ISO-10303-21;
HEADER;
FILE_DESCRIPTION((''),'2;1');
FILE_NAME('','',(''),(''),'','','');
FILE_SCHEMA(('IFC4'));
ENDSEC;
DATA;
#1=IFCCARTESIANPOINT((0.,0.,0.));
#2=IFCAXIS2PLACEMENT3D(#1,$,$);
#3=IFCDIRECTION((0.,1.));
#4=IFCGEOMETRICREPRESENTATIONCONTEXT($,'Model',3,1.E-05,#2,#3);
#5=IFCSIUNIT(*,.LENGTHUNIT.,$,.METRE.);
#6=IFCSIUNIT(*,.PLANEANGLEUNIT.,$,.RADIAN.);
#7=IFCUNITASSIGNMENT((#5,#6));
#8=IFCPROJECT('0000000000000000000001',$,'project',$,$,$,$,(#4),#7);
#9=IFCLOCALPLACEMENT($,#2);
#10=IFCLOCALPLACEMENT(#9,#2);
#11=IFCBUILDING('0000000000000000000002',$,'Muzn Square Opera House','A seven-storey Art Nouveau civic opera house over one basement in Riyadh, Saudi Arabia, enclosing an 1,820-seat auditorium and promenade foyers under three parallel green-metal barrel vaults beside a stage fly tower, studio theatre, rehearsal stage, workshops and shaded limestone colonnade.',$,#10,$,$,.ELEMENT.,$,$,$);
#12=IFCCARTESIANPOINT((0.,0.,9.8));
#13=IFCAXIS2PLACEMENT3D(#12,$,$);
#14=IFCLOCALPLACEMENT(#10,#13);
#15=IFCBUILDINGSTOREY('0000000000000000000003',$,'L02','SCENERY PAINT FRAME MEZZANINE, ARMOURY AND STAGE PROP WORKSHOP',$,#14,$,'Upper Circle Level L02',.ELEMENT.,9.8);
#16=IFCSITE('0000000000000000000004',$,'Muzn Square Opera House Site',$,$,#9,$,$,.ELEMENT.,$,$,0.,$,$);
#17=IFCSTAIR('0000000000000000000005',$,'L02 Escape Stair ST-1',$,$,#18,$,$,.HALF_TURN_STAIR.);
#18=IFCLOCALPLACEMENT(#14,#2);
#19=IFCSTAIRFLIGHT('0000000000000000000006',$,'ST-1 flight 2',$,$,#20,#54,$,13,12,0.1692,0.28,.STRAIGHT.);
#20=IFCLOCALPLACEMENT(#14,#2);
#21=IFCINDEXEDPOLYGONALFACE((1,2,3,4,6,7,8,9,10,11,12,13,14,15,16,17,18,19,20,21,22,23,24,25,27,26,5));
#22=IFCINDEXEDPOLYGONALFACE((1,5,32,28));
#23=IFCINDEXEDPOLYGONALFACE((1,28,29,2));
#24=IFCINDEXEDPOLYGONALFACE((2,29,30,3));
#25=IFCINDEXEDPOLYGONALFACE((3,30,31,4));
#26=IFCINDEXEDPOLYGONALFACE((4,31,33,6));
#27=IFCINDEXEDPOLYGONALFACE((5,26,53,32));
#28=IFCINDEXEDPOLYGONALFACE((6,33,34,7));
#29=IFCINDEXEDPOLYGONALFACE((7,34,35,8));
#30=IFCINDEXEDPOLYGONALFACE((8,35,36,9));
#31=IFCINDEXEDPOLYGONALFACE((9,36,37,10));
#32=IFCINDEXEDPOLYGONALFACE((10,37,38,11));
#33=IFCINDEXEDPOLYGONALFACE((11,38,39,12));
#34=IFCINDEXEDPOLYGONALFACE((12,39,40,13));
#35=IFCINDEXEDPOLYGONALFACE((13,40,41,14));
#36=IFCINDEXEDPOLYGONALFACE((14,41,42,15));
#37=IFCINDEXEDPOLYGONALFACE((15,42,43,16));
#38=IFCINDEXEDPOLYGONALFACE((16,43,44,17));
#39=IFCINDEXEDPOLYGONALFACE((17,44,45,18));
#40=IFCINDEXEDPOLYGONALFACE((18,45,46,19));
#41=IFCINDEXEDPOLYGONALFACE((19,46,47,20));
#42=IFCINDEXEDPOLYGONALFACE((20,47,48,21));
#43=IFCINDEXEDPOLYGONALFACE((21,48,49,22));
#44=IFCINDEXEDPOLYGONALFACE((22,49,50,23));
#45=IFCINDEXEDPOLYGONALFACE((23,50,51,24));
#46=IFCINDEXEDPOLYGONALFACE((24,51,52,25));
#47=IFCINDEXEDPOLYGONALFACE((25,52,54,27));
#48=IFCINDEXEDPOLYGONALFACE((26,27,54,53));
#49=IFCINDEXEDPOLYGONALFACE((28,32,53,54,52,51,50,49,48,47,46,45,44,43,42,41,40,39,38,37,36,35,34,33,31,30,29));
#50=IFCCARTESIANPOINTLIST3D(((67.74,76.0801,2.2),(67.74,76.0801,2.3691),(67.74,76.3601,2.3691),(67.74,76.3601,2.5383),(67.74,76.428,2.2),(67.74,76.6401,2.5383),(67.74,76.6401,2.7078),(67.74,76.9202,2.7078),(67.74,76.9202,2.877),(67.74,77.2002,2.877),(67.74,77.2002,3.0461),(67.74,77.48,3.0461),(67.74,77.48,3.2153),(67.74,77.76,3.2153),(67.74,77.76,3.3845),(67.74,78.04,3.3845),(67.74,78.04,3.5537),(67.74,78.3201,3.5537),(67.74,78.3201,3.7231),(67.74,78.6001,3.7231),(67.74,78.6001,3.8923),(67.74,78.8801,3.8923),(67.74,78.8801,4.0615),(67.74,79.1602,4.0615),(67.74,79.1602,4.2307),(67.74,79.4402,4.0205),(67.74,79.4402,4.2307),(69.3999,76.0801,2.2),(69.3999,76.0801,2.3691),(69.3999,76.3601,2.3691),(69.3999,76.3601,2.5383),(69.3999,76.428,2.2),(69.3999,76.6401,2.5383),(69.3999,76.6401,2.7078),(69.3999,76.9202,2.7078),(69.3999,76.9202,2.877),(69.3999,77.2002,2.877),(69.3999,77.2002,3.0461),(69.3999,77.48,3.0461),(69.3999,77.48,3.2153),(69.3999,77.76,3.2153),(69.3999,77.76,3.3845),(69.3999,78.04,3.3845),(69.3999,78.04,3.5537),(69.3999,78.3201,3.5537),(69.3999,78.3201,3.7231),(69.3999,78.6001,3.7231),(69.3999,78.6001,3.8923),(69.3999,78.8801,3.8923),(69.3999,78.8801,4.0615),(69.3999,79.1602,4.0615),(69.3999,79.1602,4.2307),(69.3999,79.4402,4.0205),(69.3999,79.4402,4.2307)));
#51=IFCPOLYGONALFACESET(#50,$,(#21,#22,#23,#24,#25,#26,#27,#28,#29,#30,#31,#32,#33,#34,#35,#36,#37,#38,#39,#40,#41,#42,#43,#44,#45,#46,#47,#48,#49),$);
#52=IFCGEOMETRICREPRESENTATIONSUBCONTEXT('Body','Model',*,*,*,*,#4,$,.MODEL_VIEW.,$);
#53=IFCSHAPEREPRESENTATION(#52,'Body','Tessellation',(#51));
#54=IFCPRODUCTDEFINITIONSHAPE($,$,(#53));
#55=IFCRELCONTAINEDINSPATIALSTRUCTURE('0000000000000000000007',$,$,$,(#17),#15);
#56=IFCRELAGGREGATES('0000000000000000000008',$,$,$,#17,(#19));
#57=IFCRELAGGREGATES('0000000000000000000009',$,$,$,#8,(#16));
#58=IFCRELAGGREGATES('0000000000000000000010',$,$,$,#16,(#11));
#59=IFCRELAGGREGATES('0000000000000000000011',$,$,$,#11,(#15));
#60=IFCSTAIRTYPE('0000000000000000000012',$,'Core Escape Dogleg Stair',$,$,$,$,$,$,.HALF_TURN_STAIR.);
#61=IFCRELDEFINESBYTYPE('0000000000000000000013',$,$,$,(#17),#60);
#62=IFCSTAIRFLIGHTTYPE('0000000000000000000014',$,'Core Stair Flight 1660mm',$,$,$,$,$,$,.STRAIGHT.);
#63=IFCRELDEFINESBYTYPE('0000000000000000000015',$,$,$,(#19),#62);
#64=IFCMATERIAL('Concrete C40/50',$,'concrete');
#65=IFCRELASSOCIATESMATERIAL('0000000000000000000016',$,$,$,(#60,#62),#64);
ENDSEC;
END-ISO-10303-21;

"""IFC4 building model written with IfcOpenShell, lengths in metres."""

from ifc_helpers import new_model, si_unit, direction, frame, origin, place, context, subcontext, project, spatial, polyline, outline, extrude, material, type_object, element, aggregate, save


model = new_model("IFC4")

# Units and contexts
model_context = context("Model", 3, precision=1e-05, world=origin(), true_north=direction((0.0, 1.0)))
body_context = subcontext(model_context, "Body", "Model", "MODEL_VIEW")
ifc_project = project(units=[si_unit("LENGTHUNIT", "METRE"), si_unit("PLANEANGLEUNIT", "RADIAN")], contexts=[model_context])

# Site, building, storey
site_placement = place(None, origin())
site = spatial("IfcSite", under=ifc_project, at=site_placement, Name="Muzn Square Opera House Site", CompositionType="ELEMENT", RefElevation=0.0)
building_placement = place(site_placement, origin())
building = spatial("IfcBuilding", under=site, at=building_placement, Name="Muzn Square Opera House", Description="A seven-storey Art Nouveau civic opera house over one basement in Riyadh, Saudi Arabia, enclosing an 1,820-seat auditorium and promenade foyers under three parallel green-metal barrel vaults beside a stage fly tower, studio theatre, rehearsal stage, workshops and shaded limestone colonnade.", CompositionType="ELEMENT")
storey_placement = place(building_placement, frame((0.0, 0.0, 9.8)))
storey = spatial("IfcBuildingStorey", under=building, at=storey_placement, Name="L02", Description="SCENERY PAINT FRAME MEZZANINE, ARMOURY AND STAGE PROP WORKSHOP", LongName="Upper Circle Level L02", CompositionType="ELEMENT", Elevation=9.8)

# Shared definitions
ifc_material_1 = material(Name="Concrete C40/50", Category="concrete")

# Stair, stair flight
stair_type = type_object("IfcStairType", Name="Core Escape Dogleg Stair", PredefinedType="HALF_TURN_STAIR", material=ifc_material_1)
stair_placement = place(storey_placement, origin())
stair = element("IfcStair", 1, at=stair_placement, inside=storey, type_object=stair_type, Name="L02 Escape Stair ST-1", PredefinedType="HALF_TURN_STAIR")
stair_flight_type = type_object("IfcStairFlightType", Name="Core Stair Flight 1660mm", PredefinedType="STRAIGHT", material=ifc_material_1)
stair_flight_1_placement = place(storey_placement, frame((68.5701, 76.0801, 2.2), z_axis=(0.0, 0.0, 1.0), x_axis=(0.0, 1.0, 0.0)))
stair_flight_1 = element("IfcStairFlight", 2, at=stair_flight_1_placement, type_object=stair_flight_type, Name="ST-1 flight 2", NumberOfRisers=13, NumberOfTreads=12, PredefinedType="STRAIGHT", RiserHeight=0.1692, TreadLength=0.28, context=body_context, shape_type="SweptSolid", body=[
    extrude(outline(polyline([(0.0, 0.0), (0.0, 0.1692), (0.28, 0.1692), (0.28, 0.3384), (0.5601, 0.3384), (0.5601, 0.5078), (0.8401, 0.5078), (0.8401, 0.677), (1.1201, 0.677), (1.1201, 0.8462), (1.3999, 0.8462), (1.3999, 1.0154), (1.6799, 1.0154), (1.6799, 1.1846), (1.96, 1.1846), (1.96, 1.3538), (2.24, 1.3538), (2.24, 1.5232), (2.52, 1.5232), (2.52, 1.6924), (2.8, 1.6924), (2.8, 1.8616), (3.0801, 1.8616), (3.0801, 2.0308), (3.3601, 2.0308), (3.3601, 2.2), (3.3601, 1.8206), (0.3479, 0.0), (0.0, 0.0)])), frame((0.0, 0.8301, 0.0), z_axis=(0.0, -1.0, 0.0), x_axis=(1.0, 0.0, 0.0)), (0.0, 0.0, 1.0), 1.6599),
])
aggregate(stair, [stair_flight_1])

save(model, "model.ifc")
